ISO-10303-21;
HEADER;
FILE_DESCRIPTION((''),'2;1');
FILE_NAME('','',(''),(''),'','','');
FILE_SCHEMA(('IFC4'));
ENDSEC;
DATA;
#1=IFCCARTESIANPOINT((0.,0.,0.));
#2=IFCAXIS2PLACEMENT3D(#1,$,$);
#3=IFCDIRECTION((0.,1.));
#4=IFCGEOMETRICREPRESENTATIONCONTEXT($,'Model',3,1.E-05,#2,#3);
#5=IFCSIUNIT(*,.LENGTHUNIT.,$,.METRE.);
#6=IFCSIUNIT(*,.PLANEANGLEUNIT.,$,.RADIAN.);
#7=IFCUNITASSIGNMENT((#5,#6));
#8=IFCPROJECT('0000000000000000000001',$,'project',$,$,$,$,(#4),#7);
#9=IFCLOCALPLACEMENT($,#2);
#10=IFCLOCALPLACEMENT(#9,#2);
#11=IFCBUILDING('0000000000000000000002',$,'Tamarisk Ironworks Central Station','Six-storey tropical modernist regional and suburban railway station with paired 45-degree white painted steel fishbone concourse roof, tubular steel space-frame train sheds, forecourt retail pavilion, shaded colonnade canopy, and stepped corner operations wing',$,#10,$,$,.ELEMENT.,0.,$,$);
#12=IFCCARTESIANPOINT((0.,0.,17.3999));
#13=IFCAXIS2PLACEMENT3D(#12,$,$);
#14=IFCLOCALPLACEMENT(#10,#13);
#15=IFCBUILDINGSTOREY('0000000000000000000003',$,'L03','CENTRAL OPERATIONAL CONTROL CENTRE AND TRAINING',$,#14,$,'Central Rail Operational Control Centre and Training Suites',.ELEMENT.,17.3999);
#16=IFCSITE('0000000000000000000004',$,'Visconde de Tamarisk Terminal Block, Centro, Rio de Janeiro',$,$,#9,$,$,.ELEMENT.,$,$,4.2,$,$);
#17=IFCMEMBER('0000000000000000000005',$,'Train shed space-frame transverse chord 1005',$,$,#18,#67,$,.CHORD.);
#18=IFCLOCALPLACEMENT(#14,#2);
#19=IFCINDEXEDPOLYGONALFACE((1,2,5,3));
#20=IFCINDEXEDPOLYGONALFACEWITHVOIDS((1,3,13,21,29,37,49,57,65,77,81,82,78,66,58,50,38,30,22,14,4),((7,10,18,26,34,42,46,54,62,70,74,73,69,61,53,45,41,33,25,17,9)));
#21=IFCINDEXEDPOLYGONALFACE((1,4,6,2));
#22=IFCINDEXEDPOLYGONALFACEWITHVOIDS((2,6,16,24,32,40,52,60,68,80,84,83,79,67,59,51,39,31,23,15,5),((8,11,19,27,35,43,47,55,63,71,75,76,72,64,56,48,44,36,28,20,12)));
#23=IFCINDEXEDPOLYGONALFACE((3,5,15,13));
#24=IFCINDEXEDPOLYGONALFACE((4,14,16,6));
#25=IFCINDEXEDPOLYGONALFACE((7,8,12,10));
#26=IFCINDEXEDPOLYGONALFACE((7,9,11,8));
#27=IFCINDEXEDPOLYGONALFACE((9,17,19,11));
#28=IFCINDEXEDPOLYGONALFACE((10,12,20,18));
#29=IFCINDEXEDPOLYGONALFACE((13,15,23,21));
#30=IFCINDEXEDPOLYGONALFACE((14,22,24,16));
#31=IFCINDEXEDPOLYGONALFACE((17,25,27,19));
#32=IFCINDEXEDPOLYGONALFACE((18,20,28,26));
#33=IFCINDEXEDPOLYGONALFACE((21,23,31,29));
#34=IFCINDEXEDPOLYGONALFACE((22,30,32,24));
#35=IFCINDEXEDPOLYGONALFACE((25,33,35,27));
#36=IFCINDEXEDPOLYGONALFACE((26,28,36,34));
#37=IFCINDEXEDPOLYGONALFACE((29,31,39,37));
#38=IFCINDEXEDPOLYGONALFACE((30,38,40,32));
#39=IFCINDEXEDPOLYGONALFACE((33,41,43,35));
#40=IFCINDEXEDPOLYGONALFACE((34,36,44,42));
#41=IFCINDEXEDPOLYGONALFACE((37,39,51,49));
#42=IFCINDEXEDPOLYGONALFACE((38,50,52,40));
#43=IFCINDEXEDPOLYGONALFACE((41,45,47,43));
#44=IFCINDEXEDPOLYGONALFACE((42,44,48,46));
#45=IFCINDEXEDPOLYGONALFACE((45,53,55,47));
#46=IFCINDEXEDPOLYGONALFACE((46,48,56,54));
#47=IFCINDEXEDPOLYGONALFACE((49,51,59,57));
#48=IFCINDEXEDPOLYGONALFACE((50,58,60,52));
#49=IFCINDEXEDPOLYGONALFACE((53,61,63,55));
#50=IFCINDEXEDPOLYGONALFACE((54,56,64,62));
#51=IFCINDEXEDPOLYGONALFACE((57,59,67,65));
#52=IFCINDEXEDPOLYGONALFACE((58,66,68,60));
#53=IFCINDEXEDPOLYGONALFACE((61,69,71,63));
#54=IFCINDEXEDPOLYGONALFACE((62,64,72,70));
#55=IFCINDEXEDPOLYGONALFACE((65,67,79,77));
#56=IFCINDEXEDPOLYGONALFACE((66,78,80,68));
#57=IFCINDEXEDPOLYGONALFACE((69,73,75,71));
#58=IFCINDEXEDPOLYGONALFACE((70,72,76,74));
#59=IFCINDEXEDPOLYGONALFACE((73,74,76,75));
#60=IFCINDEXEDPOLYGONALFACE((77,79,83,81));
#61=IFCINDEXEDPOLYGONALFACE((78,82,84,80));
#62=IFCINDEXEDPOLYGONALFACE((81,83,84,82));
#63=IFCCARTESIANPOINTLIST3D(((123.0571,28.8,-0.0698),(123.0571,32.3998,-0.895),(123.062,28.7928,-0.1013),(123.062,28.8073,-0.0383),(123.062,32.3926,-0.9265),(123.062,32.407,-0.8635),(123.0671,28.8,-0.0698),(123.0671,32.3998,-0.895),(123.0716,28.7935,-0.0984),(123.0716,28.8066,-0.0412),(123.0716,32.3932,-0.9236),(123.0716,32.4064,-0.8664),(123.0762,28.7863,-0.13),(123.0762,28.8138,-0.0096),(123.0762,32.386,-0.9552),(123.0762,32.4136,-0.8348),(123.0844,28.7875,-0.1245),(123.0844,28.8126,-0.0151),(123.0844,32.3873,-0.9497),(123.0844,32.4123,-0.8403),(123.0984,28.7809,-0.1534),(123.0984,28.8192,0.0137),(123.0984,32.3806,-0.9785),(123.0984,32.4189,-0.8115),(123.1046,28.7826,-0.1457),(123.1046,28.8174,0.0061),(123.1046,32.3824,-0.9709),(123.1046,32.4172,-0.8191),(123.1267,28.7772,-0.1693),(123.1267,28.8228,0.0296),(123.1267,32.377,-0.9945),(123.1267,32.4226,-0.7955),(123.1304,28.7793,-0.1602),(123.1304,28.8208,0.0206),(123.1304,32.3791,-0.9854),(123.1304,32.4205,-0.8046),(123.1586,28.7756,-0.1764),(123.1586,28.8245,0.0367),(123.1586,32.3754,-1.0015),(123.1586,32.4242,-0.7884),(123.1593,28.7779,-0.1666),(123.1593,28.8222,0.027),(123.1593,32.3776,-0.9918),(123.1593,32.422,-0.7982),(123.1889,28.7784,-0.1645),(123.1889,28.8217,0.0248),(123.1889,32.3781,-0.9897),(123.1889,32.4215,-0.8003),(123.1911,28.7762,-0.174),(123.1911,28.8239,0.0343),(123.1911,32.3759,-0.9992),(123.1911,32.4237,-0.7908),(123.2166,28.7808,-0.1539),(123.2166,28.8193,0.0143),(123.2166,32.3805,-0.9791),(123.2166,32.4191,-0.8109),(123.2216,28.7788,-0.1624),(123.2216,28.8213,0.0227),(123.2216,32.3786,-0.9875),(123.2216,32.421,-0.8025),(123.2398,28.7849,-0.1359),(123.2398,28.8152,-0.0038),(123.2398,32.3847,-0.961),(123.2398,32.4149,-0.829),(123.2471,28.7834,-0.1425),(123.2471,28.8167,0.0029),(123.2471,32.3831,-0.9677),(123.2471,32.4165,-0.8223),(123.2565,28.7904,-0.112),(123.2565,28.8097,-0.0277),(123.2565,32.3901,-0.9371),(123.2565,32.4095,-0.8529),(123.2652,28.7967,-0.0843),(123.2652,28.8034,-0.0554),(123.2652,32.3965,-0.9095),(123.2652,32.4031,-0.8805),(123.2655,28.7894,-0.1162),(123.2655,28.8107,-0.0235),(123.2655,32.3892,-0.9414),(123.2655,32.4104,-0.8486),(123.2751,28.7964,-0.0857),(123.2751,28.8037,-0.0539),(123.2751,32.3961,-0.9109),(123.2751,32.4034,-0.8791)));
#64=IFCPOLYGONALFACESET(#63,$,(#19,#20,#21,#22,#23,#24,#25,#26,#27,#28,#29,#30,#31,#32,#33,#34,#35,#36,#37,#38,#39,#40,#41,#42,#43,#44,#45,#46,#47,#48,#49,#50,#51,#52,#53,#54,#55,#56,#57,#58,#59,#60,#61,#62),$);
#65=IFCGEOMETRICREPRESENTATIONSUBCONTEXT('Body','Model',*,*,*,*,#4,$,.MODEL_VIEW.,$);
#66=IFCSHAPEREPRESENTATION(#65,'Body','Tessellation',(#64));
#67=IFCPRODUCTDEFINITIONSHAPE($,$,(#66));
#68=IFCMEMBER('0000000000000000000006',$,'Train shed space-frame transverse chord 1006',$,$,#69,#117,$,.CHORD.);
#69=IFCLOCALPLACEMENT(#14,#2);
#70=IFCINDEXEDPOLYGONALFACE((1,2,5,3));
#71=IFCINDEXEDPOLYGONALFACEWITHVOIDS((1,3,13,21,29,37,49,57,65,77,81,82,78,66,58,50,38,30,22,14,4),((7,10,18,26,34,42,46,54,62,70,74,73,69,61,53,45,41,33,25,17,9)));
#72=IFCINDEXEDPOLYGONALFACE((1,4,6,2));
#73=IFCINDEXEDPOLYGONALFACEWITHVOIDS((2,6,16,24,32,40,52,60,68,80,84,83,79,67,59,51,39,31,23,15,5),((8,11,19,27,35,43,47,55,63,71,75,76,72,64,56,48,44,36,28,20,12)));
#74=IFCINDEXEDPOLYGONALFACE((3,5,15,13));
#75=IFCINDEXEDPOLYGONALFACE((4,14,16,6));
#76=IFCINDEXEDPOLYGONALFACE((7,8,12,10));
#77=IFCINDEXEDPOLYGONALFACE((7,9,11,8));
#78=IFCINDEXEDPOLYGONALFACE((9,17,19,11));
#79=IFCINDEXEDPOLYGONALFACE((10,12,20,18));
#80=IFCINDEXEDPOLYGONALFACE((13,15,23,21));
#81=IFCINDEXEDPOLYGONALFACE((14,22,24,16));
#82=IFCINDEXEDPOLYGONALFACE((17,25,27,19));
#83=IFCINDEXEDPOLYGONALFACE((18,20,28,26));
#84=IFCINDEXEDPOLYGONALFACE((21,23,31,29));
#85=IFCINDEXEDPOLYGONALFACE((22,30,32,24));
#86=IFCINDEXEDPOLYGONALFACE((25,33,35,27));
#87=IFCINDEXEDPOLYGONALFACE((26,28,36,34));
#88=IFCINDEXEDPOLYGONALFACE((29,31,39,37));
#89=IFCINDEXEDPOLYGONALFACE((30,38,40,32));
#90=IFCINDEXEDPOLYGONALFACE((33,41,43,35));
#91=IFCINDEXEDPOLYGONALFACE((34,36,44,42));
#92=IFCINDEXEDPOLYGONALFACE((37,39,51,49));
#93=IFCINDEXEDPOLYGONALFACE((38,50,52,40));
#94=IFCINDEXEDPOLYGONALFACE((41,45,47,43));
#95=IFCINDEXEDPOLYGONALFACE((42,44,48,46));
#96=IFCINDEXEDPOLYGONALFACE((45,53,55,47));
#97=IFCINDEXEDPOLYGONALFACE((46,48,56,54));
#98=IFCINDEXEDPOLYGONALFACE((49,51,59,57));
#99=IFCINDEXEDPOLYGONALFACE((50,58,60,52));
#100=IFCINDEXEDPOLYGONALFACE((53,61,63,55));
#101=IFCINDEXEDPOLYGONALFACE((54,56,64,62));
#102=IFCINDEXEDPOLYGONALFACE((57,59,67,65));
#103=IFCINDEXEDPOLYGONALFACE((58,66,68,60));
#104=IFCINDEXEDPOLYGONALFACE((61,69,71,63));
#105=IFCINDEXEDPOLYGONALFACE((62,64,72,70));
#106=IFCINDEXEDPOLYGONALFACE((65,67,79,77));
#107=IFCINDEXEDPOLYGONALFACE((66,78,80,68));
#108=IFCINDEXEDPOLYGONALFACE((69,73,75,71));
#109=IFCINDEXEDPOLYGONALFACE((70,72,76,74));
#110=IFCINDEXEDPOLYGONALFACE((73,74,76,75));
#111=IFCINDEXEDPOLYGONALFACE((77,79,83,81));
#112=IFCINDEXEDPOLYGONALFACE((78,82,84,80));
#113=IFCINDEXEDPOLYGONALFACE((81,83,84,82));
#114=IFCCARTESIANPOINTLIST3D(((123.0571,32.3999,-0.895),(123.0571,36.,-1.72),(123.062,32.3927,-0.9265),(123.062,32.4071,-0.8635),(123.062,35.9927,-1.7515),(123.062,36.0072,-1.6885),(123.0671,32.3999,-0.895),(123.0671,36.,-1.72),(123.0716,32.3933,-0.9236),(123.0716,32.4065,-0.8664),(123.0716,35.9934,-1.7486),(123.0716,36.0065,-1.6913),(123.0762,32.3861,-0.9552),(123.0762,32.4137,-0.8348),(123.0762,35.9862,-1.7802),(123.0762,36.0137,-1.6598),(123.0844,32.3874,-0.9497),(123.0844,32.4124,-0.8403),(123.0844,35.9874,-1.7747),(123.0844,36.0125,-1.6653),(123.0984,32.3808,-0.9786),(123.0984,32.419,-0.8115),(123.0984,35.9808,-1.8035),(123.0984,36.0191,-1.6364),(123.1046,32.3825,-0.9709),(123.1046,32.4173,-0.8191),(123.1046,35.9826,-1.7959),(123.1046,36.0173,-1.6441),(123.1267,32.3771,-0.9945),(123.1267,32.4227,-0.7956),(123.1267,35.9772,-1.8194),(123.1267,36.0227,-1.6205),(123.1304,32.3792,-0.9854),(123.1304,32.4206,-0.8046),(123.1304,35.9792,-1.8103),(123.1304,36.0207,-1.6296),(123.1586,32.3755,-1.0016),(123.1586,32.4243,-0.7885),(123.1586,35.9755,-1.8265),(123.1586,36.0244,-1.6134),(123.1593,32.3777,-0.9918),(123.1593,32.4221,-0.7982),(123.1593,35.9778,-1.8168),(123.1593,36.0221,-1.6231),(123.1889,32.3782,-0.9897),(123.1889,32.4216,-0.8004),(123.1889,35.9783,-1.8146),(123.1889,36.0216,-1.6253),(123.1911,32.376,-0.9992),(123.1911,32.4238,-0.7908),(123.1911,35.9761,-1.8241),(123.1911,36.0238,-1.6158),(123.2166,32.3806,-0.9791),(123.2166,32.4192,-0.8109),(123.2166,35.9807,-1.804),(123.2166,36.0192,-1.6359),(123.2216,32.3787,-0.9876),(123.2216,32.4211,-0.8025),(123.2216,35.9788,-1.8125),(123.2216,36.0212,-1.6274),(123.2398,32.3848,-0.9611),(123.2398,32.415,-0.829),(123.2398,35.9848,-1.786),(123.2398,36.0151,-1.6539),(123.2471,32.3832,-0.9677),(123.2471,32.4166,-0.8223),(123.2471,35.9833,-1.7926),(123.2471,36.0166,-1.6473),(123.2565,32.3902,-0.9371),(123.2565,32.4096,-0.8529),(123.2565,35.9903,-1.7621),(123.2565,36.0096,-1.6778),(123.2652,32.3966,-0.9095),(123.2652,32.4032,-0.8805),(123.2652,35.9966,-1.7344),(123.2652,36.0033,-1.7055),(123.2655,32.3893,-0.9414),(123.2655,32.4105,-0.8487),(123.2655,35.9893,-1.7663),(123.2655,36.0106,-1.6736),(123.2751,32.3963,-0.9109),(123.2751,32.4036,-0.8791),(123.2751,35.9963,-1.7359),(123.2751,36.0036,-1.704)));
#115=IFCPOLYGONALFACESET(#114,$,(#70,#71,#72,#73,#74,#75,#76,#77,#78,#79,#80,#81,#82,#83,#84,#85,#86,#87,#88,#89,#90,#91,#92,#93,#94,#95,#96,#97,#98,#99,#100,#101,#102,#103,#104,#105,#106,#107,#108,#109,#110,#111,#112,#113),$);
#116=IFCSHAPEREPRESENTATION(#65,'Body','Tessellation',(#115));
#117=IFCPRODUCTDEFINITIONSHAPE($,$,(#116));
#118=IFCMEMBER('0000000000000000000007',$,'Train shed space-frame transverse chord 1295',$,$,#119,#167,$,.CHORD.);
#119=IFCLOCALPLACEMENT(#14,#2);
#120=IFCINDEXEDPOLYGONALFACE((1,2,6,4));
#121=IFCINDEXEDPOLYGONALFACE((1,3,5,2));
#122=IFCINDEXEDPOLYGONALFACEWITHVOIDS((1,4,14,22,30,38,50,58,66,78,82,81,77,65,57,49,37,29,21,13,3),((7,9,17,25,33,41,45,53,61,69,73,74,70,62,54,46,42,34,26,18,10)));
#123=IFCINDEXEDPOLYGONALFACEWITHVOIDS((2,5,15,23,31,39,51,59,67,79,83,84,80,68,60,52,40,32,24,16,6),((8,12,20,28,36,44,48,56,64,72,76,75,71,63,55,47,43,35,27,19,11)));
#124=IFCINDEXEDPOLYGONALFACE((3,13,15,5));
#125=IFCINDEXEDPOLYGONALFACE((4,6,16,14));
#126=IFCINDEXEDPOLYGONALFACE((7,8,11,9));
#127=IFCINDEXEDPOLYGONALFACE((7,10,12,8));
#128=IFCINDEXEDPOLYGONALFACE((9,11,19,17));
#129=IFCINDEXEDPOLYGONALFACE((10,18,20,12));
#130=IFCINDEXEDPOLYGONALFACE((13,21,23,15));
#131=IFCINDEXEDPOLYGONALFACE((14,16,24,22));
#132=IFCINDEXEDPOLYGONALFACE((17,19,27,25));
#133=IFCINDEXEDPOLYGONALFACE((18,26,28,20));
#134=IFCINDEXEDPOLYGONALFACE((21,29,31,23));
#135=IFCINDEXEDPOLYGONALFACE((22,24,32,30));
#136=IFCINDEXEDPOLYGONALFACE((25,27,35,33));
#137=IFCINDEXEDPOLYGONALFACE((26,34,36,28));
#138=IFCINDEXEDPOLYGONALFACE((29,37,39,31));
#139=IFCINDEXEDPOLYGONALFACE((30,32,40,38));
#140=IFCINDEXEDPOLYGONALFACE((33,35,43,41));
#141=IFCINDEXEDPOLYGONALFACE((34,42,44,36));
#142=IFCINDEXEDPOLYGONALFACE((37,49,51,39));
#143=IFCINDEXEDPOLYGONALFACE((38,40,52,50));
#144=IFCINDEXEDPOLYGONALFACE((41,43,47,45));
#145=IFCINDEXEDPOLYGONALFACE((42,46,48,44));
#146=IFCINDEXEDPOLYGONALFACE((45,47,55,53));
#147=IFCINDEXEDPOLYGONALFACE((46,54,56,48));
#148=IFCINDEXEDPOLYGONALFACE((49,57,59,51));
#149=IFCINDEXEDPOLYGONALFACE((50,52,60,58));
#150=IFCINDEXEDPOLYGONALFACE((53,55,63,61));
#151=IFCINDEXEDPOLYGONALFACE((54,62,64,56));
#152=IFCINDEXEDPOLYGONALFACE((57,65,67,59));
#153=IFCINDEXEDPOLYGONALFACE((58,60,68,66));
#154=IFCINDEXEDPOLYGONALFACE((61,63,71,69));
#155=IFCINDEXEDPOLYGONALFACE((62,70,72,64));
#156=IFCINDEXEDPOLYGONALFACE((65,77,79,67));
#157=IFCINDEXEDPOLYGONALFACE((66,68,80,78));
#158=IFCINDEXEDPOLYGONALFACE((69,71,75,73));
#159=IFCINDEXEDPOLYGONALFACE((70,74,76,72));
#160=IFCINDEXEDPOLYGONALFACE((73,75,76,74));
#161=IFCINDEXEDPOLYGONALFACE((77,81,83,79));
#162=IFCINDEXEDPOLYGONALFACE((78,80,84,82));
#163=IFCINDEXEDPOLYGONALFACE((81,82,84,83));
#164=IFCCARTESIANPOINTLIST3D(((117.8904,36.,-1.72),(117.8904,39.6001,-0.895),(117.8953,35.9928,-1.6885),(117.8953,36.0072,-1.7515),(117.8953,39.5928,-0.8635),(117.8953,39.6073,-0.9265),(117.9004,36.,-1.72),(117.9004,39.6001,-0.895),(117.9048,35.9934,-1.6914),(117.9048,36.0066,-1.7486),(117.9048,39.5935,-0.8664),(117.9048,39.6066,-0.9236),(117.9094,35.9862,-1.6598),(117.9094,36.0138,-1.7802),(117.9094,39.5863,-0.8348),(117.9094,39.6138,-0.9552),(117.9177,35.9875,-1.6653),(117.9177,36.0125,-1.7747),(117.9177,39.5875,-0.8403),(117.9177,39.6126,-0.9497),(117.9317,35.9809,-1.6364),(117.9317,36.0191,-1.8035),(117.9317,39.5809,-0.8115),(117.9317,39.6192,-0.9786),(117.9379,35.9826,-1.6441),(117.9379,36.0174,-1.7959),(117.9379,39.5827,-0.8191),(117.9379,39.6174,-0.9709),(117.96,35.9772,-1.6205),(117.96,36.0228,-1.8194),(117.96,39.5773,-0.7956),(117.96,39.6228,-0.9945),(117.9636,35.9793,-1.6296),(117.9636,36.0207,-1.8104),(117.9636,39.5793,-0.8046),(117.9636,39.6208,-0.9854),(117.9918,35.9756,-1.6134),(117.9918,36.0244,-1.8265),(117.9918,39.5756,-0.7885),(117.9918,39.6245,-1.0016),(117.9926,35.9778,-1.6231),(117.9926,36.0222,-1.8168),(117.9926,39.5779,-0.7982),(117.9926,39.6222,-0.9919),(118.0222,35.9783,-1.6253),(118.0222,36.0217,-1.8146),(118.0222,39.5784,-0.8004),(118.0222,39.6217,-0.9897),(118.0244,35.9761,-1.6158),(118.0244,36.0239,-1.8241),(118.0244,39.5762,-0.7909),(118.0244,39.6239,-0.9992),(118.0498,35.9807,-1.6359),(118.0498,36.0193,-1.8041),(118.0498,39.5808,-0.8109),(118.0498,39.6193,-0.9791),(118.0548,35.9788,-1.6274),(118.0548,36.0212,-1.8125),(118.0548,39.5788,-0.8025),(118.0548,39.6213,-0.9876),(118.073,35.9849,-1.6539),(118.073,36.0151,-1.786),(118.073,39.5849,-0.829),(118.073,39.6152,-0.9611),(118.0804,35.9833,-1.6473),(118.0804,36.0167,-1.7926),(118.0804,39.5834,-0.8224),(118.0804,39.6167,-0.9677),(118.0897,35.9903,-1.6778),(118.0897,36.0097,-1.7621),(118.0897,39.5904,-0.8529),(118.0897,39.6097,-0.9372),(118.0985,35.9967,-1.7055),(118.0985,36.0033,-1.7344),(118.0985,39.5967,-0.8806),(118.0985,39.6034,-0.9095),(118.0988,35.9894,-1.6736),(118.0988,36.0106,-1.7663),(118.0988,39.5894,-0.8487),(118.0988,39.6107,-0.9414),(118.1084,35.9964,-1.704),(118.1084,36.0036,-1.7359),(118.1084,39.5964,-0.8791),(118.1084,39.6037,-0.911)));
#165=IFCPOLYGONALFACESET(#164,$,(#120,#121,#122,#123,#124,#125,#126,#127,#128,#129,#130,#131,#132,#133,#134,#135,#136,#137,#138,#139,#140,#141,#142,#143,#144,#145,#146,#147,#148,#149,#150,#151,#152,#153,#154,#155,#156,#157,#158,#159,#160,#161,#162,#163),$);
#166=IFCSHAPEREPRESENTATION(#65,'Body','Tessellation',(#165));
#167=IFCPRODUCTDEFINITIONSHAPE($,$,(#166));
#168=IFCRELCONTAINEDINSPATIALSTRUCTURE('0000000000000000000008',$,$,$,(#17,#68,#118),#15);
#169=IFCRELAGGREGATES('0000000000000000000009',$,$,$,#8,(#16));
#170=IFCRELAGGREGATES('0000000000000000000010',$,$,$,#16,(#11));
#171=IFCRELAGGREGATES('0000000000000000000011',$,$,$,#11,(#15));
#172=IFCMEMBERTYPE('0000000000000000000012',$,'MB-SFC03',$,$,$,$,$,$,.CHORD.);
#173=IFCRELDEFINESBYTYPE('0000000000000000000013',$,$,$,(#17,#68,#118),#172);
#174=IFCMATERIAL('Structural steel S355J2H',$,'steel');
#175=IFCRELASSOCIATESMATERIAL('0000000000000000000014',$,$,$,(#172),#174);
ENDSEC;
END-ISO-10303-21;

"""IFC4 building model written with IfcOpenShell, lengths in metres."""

from ifc_helpers import new_model, si_unit, direction, frame, origin, origin_2d, place, context, subcontext, project, spatial, hollow_circle, extrude, material, material_profile, profile_set, type_object, element, save


model = new_model("IFC4")

# Units and contexts
model_context = context("Model", 3, precision=1e-05, world=origin(), true_north=direction((0.0, 1.0)))
body_context = subcontext(model_context, "Body", "Model", "MODEL_VIEW")
ifc_project = project(units=[si_unit("LENGTHUNIT", "METRE"), si_unit("PLANEANGLEUNIT", "RADIAN")], contexts=[model_context])

# Site, building, storey
site_placement = place(None, origin())
site = spatial("IfcSite", under=ifc_project, at=site_placement, Name="Visconde de Tamarisk Terminal Block, Centro, Rio de Janeiro", CompositionType="ELEMENT", RefElevation=4.2)
building_placement = place(site_placement, origin())
building = spatial("IfcBuilding", under=site, at=building_placement, Name="Tamarisk Ironworks Central Station", Description="Six-storey tropical modernist regional and suburban railway station with paired 45-degree white painted steel fishbone concourse roof, tubular steel space-frame train sheds, forecourt retail pavilion, shaded colonnade canopy, and stepped corner operations wing", CompositionType="ELEMENT", ElevationOfRefHeight=0.0)
storey_placement = place(building_placement, frame((0.0, 0.0, 17.3999)))
storey = spatial("IfcBuildingStorey", under=building, at=storey_placement, Name="L03", Description="CENTRAL OPERATIONAL CONTROL CENTRE AND TRAINING", LongName="Central Rail Operational Control Centre and Training Suites", CompositionType="ELEMENT", Elevation=17.3999)

# Members
ifc_material_1 = material(Name="Structural steel S355J2H", Category="steel")
ifc_material_profile_1 = material_profile(ifc_material_1, hollow_circle(Radius=0.1096, WallThickness=0.01, at=origin_2d()), Name="CHS 219.1x10")
ifc_profile_set_1 = profile_set([ifc_material_profile_1], Name="Structural steel S355J2H")
member_type_1 = type_object("IfcMemberType", Name="MB-SFC03", PredefinedType="CHORD", material=ifc_profile_set_1)
member_1_placement = place(storey_placement, frame((123.1667, 28.8, -0.0698), z_axis=(0.0, 0.974719, -0.223435), x_axis=(-1.0, 0.0, 0.0)))
element("IfcMember", 1, at=member_1_placement, inside=storey, type_object=member_type_1, Name="Train shed space-frame transverse chord 1005", PredefinedType="CHORD", context=body_context, shape_type="SweptSolid", body=[
    extrude(hollow_circle(Radius=0.1096, WallThickness=0.01, at=origin_2d()), origin(), (0.0, 0.0, 1.0), 3.6931),
])
for number, where, z_axis, x_axis, name in (
    (2, (123.1667, 32.3999, -0.895), (0.0, 0.974737, -0.223358), (-1.0, 0.0, 0.0), "Train shed space-frame transverse chord 1006"),
    (3, (118.0, 36.0, -1.72), (0.0, 0.974737, 0.223358), (-1.0, 0.0, 0.0), "Train shed space-frame transverse chord 1295"),
):
    element("IfcMember", number, at=place(storey_placement, frame(where, z_axis=z_axis, x_axis=x_axis)), inside=storey, type_object=member_type_1, Name=name, PredefinedType="CHORD", context=body_context, shape_type="SweptSolid", body=[
        extrude(hollow_circle(Radius=0.1096, WallThickness=0.01, at=origin_2d()), origin(), (0.0, 0.0, 1.0), 3.6934),
    ])

save(model, "model.ifc")
